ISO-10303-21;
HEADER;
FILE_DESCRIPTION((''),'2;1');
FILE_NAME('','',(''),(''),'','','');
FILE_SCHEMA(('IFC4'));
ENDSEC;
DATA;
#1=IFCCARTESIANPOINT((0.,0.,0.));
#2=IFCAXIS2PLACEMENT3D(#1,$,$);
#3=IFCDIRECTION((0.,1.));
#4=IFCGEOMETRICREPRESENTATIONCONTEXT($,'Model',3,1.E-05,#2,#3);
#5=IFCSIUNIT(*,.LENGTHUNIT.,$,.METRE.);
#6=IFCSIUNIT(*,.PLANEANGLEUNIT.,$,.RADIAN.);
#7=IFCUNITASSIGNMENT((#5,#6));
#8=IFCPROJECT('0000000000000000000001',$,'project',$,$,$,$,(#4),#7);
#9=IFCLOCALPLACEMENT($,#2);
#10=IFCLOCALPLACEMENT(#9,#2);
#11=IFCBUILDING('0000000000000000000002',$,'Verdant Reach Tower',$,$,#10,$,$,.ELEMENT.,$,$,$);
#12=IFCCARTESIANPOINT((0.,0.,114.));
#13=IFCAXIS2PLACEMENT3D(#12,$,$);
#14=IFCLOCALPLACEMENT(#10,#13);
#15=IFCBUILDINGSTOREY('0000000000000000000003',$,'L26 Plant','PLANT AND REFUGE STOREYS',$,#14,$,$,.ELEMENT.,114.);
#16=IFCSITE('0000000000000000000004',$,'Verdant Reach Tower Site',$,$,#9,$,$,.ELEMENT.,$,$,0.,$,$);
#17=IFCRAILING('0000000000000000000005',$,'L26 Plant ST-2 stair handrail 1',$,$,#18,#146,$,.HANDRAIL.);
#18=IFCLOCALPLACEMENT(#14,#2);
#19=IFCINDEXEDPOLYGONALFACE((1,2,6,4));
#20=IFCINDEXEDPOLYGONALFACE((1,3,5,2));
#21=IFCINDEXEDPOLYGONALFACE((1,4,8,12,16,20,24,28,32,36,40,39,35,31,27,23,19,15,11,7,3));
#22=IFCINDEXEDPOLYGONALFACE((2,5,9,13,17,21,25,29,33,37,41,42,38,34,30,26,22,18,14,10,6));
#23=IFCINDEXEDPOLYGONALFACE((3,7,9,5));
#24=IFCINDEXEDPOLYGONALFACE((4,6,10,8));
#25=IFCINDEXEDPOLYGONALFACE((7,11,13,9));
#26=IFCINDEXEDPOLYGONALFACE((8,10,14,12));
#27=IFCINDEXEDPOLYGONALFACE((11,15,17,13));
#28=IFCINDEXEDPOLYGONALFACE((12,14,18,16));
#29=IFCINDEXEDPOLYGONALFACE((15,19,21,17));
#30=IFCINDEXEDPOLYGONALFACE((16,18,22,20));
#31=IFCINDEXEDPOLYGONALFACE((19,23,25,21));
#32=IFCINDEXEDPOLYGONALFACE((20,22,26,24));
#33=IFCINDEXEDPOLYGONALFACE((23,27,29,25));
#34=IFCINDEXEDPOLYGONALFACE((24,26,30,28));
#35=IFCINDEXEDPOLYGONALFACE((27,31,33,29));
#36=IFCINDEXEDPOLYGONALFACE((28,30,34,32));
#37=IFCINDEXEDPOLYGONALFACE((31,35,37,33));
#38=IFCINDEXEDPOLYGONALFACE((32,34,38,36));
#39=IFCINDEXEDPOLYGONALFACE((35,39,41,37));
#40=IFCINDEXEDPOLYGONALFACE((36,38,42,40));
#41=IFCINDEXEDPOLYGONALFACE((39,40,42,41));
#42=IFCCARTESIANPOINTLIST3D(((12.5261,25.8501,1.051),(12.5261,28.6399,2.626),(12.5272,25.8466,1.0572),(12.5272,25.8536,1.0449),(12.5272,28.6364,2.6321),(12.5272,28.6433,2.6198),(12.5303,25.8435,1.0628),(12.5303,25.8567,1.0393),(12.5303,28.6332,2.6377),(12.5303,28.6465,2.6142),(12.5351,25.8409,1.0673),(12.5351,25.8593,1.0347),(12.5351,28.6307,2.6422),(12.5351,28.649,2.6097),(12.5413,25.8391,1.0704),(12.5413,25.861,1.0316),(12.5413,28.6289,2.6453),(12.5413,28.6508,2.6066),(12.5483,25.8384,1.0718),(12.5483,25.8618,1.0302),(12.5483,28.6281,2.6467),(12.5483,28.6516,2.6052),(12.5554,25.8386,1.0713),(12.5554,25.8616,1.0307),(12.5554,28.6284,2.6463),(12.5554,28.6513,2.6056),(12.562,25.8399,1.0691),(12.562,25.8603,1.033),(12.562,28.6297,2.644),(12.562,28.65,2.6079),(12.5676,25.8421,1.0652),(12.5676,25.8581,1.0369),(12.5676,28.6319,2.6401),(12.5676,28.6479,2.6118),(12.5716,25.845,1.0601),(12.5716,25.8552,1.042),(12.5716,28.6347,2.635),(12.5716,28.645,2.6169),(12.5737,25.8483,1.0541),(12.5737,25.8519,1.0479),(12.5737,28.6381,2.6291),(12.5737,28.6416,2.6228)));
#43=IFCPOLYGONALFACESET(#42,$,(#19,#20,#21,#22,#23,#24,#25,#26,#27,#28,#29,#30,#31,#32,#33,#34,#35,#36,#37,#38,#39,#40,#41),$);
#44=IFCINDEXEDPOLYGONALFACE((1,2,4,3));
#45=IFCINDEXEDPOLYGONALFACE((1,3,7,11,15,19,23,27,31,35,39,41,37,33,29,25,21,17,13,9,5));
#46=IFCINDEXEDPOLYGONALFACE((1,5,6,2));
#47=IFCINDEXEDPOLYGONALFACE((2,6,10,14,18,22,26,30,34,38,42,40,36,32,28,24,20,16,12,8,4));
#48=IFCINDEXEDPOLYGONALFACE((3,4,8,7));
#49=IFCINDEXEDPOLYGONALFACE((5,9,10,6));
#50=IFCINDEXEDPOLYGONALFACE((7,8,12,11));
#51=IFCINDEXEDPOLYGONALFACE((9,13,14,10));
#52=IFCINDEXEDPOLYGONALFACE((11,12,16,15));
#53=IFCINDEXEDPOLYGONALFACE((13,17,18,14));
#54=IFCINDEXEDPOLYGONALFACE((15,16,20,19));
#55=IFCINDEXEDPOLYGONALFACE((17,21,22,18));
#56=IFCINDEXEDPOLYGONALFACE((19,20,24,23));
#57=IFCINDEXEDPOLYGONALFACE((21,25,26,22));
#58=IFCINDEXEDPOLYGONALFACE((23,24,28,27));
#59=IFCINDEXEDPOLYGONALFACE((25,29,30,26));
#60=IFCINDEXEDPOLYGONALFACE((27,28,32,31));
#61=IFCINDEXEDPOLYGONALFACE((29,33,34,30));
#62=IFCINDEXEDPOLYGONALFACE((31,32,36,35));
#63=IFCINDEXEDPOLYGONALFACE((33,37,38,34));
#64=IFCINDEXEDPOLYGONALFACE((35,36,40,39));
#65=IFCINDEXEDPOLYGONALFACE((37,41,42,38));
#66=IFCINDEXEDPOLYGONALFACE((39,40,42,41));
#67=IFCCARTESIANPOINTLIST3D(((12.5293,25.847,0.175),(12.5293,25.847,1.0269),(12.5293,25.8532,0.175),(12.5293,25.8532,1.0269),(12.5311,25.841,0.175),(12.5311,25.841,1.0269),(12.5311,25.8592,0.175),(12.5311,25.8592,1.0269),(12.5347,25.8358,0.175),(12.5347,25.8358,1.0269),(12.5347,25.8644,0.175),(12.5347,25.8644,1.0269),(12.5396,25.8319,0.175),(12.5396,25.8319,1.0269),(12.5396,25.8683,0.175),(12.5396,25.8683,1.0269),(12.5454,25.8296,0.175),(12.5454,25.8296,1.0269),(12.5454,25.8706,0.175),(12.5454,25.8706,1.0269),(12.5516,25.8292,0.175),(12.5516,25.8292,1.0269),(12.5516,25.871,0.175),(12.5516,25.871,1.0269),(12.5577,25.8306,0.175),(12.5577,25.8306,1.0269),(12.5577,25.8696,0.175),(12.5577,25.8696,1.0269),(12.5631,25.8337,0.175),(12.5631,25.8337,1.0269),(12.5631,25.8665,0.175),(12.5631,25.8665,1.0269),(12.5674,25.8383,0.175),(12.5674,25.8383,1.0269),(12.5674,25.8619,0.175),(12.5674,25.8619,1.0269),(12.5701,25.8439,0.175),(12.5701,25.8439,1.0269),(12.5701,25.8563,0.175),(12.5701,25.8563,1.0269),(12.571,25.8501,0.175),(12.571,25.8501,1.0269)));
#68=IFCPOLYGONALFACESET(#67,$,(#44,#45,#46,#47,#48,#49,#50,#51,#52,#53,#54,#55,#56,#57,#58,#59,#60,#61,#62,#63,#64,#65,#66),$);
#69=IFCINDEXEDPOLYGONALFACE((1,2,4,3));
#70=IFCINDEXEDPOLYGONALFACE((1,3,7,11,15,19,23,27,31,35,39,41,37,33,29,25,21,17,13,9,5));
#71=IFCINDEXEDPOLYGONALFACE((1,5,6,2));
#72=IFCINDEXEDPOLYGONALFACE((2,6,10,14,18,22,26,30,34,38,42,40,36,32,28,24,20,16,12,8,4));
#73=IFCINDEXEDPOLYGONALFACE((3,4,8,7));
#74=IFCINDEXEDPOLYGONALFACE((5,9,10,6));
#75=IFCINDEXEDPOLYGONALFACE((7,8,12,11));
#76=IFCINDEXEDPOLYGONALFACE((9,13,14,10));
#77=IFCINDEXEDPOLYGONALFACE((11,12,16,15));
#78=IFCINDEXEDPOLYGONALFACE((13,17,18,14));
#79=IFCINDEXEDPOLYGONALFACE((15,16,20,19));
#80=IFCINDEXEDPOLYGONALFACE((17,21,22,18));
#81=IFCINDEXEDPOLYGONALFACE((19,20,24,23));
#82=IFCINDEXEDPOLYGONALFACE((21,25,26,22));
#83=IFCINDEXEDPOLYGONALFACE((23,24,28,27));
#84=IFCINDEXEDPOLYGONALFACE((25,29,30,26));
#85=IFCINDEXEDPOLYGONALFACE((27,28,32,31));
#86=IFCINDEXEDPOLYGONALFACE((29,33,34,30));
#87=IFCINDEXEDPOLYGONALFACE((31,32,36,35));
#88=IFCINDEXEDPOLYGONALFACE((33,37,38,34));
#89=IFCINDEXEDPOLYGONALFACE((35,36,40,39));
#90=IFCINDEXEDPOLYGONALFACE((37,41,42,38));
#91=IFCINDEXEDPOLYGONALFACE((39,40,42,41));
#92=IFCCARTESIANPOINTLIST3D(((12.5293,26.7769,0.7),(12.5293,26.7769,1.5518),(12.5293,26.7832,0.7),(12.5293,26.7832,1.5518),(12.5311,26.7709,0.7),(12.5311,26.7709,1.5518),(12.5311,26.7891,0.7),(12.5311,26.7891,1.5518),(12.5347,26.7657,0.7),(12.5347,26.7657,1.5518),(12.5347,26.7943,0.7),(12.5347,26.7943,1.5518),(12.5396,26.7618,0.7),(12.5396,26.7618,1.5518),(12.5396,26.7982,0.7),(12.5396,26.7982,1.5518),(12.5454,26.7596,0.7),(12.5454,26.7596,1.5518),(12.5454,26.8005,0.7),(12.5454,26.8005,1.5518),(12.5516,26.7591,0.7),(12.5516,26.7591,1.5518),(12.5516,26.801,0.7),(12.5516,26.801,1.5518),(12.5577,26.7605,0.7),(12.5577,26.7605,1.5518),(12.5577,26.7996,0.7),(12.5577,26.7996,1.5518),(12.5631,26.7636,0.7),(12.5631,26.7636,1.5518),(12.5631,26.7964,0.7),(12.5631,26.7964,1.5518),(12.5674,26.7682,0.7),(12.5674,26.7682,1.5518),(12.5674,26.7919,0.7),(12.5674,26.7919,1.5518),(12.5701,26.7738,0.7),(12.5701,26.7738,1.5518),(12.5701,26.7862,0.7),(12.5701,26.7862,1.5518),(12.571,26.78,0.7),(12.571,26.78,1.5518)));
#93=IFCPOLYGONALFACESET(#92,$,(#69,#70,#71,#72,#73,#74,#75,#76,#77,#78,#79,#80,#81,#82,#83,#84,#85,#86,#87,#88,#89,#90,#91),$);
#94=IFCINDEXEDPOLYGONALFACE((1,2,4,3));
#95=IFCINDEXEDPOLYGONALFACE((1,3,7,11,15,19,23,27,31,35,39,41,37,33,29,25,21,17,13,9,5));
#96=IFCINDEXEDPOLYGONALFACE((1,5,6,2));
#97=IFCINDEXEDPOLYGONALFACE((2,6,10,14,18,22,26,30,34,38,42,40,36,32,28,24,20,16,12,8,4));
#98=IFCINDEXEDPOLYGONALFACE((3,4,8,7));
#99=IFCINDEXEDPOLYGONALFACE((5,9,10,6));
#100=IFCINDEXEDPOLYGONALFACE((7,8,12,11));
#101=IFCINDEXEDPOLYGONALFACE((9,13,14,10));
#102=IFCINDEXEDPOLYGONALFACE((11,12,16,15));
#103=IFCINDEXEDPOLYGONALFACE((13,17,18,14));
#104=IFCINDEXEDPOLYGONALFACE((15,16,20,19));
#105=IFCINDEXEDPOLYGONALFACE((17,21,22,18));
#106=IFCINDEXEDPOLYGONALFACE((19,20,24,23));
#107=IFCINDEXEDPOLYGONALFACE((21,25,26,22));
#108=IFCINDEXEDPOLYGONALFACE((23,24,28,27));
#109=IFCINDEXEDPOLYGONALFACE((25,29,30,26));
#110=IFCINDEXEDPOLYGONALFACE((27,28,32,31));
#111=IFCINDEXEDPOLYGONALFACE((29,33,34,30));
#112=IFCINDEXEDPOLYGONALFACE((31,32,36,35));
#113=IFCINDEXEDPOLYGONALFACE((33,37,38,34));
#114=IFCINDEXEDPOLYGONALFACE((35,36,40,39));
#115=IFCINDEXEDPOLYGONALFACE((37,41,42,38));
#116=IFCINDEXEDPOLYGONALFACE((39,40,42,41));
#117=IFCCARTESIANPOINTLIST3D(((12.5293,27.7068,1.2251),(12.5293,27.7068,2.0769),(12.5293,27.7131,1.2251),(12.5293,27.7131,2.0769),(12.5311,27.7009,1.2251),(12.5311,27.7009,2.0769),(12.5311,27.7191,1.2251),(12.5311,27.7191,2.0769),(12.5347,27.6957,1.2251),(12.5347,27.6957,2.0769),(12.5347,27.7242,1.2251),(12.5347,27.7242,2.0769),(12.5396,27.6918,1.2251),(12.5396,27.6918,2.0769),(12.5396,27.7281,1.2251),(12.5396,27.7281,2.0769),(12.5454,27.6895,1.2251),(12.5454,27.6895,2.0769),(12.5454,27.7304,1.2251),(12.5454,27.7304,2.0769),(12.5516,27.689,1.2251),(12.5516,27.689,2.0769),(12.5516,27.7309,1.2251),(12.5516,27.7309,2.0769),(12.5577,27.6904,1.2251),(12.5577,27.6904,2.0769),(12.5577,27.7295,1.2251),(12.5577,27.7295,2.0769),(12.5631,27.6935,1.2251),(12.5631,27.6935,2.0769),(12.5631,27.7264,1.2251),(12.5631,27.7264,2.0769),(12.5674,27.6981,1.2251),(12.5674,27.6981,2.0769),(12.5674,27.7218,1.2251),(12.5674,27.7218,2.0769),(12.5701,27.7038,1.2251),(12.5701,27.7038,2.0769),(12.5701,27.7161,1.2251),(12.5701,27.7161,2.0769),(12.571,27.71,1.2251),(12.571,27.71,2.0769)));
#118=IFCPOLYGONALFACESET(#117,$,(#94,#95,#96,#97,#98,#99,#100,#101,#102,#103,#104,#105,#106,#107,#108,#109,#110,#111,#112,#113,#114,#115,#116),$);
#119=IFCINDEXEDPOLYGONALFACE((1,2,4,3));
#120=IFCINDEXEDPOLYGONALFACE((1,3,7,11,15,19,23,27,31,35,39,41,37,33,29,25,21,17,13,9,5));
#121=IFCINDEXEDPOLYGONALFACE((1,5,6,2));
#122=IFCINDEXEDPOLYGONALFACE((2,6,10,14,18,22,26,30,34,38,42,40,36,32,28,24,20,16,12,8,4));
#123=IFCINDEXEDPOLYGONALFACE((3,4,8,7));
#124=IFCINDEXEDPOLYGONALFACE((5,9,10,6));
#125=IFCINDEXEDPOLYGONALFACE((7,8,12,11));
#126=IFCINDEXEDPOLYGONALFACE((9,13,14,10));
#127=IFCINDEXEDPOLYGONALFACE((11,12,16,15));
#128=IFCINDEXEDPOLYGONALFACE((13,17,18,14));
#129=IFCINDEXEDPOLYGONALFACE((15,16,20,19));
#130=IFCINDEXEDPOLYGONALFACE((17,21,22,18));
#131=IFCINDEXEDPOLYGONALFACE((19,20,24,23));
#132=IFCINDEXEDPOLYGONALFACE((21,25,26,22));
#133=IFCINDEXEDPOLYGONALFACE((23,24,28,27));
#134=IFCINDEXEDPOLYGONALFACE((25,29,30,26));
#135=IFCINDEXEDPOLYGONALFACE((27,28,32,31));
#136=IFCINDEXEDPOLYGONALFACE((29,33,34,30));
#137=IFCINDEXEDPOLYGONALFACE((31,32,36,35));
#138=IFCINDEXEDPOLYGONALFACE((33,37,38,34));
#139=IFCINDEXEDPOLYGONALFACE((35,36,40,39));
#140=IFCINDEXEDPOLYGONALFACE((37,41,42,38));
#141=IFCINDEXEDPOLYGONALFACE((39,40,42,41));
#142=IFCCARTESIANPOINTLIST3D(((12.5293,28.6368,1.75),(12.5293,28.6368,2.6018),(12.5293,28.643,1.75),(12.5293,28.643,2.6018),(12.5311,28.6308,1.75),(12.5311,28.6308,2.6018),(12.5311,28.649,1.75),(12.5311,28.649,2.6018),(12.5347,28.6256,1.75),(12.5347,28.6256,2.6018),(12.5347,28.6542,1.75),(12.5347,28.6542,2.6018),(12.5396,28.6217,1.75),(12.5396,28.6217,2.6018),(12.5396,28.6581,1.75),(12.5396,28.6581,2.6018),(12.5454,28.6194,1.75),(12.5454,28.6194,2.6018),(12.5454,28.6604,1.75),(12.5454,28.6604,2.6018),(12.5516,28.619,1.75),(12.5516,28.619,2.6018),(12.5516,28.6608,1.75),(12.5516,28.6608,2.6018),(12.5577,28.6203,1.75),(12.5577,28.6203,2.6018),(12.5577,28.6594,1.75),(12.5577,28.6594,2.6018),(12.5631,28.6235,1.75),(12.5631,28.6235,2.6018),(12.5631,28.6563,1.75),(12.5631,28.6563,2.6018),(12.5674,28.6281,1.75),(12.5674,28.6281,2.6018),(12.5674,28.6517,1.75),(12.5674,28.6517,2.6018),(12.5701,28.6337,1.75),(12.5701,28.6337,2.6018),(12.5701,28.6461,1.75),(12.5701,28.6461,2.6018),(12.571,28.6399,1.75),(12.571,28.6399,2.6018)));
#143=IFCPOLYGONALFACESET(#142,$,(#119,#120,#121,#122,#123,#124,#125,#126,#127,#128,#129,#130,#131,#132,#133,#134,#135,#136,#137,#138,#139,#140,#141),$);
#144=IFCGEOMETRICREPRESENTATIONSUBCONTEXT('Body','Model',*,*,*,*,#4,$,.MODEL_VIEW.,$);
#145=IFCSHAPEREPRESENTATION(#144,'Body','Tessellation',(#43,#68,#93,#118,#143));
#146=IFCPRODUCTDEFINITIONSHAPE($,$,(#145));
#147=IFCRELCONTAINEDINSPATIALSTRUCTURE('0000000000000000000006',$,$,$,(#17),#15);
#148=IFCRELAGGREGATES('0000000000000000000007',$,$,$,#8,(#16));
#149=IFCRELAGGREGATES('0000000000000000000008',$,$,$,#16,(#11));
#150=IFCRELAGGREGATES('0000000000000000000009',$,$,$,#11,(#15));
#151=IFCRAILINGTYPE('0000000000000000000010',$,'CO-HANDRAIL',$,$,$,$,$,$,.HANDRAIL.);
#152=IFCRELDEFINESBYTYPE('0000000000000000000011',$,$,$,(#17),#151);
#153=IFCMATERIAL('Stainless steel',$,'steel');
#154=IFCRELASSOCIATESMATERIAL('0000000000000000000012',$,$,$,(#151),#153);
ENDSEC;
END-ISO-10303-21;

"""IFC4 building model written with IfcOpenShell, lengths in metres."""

from ifc_helpers import new_model, si_unit, direction, frame, origin, origin_2d, place, context, subcontext, project, spatial, circle, extrude, material, type_object, element, save


model = new_model("IFC4")

# Units and contexts
model_context = context("Model", 3, precision=1e-05, world=origin(), true_north=direction((0.0, 1.0)))
body_context = subcontext(model_context, "Body", "Model", "MODEL_VIEW")
ifc_project = project(units=[si_unit("LENGTHUNIT", "METRE"), si_unit("PLANEANGLEUNIT", "RADIAN")], contexts=[model_context])

# Site, building, storey
site_placement = place(None, origin())
site = spatial("IfcSite", under=ifc_project, at=site_placement, Name="Verdant Reach Tower Site", CompositionType="ELEMENT", RefElevation=0.0)
building_placement = place(site_placement, origin())
building = spatial("IfcBuilding", under=site, at=building_placement, Name="Verdant Reach Tower", CompositionType="ELEMENT")
storey_placement = place(building_placement, frame((0.0, 0.0, 114.0)))
storey = spatial("IfcBuildingStorey", under=building, at=storey_placement, Name="L26 Plant", Description="PLANT AND REFUGE STOREYS", CompositionType="ELEMENT", Elevation=114.0)

# Railing
ifc_material_1 = material(Name="Stainless steel", Category="steel")
railing_type_1 = type_object("IfcRailingType", Name="CO-HANDRAIL", PredefinedType="HANDRAIL", material=ifc_material_1)
for number, where, name in (
    (1, (12.55, 25.8501, 0.175), "L26 Plant ST-2 stair handrail 1"),
):
    element("IfcRailing", number, at=place(storey_placement, frame(where)), inside=storey, type_object=railing_type_1, Name=name, PredefinedType="HANDRAIL", context=body_context, shape_type="SweptSolid", body=[
        extrude(circle(Radius=0.0239, at=origin_2d()), frame((0.0, 0.0, 0.876), z_axis=(0.0, 0.870815, 0.49161), x_axis=(-1.0, 0.0, 0.0)), (0.0, 0.0, 1.0), 3.2036),
        extrude(circle(Radius=0.021, at=origin_2d()), origin(), (0.0, 0.0, 1.0), 0.8518),
        extrude(circle(Radius=0.021, at=origin_2d()), frame((0.0, 0.9299, 0.5249)), (0.0, 0.0, 1.0), 0.8518),
        extrude(circle(Radius=0.021, at=origin_2d()), frame((0.0, 1.8599, 1.05)), (0.0, 0.0, 1.0), 0.8518),
        extrude(circle(Radius=0.021, at=origin_2d()), frame((0.0, 2.7898, 1.575)), (0.0, 0.0, 1.0), 0.8518),
    ])

save(model, "model.ifc")
